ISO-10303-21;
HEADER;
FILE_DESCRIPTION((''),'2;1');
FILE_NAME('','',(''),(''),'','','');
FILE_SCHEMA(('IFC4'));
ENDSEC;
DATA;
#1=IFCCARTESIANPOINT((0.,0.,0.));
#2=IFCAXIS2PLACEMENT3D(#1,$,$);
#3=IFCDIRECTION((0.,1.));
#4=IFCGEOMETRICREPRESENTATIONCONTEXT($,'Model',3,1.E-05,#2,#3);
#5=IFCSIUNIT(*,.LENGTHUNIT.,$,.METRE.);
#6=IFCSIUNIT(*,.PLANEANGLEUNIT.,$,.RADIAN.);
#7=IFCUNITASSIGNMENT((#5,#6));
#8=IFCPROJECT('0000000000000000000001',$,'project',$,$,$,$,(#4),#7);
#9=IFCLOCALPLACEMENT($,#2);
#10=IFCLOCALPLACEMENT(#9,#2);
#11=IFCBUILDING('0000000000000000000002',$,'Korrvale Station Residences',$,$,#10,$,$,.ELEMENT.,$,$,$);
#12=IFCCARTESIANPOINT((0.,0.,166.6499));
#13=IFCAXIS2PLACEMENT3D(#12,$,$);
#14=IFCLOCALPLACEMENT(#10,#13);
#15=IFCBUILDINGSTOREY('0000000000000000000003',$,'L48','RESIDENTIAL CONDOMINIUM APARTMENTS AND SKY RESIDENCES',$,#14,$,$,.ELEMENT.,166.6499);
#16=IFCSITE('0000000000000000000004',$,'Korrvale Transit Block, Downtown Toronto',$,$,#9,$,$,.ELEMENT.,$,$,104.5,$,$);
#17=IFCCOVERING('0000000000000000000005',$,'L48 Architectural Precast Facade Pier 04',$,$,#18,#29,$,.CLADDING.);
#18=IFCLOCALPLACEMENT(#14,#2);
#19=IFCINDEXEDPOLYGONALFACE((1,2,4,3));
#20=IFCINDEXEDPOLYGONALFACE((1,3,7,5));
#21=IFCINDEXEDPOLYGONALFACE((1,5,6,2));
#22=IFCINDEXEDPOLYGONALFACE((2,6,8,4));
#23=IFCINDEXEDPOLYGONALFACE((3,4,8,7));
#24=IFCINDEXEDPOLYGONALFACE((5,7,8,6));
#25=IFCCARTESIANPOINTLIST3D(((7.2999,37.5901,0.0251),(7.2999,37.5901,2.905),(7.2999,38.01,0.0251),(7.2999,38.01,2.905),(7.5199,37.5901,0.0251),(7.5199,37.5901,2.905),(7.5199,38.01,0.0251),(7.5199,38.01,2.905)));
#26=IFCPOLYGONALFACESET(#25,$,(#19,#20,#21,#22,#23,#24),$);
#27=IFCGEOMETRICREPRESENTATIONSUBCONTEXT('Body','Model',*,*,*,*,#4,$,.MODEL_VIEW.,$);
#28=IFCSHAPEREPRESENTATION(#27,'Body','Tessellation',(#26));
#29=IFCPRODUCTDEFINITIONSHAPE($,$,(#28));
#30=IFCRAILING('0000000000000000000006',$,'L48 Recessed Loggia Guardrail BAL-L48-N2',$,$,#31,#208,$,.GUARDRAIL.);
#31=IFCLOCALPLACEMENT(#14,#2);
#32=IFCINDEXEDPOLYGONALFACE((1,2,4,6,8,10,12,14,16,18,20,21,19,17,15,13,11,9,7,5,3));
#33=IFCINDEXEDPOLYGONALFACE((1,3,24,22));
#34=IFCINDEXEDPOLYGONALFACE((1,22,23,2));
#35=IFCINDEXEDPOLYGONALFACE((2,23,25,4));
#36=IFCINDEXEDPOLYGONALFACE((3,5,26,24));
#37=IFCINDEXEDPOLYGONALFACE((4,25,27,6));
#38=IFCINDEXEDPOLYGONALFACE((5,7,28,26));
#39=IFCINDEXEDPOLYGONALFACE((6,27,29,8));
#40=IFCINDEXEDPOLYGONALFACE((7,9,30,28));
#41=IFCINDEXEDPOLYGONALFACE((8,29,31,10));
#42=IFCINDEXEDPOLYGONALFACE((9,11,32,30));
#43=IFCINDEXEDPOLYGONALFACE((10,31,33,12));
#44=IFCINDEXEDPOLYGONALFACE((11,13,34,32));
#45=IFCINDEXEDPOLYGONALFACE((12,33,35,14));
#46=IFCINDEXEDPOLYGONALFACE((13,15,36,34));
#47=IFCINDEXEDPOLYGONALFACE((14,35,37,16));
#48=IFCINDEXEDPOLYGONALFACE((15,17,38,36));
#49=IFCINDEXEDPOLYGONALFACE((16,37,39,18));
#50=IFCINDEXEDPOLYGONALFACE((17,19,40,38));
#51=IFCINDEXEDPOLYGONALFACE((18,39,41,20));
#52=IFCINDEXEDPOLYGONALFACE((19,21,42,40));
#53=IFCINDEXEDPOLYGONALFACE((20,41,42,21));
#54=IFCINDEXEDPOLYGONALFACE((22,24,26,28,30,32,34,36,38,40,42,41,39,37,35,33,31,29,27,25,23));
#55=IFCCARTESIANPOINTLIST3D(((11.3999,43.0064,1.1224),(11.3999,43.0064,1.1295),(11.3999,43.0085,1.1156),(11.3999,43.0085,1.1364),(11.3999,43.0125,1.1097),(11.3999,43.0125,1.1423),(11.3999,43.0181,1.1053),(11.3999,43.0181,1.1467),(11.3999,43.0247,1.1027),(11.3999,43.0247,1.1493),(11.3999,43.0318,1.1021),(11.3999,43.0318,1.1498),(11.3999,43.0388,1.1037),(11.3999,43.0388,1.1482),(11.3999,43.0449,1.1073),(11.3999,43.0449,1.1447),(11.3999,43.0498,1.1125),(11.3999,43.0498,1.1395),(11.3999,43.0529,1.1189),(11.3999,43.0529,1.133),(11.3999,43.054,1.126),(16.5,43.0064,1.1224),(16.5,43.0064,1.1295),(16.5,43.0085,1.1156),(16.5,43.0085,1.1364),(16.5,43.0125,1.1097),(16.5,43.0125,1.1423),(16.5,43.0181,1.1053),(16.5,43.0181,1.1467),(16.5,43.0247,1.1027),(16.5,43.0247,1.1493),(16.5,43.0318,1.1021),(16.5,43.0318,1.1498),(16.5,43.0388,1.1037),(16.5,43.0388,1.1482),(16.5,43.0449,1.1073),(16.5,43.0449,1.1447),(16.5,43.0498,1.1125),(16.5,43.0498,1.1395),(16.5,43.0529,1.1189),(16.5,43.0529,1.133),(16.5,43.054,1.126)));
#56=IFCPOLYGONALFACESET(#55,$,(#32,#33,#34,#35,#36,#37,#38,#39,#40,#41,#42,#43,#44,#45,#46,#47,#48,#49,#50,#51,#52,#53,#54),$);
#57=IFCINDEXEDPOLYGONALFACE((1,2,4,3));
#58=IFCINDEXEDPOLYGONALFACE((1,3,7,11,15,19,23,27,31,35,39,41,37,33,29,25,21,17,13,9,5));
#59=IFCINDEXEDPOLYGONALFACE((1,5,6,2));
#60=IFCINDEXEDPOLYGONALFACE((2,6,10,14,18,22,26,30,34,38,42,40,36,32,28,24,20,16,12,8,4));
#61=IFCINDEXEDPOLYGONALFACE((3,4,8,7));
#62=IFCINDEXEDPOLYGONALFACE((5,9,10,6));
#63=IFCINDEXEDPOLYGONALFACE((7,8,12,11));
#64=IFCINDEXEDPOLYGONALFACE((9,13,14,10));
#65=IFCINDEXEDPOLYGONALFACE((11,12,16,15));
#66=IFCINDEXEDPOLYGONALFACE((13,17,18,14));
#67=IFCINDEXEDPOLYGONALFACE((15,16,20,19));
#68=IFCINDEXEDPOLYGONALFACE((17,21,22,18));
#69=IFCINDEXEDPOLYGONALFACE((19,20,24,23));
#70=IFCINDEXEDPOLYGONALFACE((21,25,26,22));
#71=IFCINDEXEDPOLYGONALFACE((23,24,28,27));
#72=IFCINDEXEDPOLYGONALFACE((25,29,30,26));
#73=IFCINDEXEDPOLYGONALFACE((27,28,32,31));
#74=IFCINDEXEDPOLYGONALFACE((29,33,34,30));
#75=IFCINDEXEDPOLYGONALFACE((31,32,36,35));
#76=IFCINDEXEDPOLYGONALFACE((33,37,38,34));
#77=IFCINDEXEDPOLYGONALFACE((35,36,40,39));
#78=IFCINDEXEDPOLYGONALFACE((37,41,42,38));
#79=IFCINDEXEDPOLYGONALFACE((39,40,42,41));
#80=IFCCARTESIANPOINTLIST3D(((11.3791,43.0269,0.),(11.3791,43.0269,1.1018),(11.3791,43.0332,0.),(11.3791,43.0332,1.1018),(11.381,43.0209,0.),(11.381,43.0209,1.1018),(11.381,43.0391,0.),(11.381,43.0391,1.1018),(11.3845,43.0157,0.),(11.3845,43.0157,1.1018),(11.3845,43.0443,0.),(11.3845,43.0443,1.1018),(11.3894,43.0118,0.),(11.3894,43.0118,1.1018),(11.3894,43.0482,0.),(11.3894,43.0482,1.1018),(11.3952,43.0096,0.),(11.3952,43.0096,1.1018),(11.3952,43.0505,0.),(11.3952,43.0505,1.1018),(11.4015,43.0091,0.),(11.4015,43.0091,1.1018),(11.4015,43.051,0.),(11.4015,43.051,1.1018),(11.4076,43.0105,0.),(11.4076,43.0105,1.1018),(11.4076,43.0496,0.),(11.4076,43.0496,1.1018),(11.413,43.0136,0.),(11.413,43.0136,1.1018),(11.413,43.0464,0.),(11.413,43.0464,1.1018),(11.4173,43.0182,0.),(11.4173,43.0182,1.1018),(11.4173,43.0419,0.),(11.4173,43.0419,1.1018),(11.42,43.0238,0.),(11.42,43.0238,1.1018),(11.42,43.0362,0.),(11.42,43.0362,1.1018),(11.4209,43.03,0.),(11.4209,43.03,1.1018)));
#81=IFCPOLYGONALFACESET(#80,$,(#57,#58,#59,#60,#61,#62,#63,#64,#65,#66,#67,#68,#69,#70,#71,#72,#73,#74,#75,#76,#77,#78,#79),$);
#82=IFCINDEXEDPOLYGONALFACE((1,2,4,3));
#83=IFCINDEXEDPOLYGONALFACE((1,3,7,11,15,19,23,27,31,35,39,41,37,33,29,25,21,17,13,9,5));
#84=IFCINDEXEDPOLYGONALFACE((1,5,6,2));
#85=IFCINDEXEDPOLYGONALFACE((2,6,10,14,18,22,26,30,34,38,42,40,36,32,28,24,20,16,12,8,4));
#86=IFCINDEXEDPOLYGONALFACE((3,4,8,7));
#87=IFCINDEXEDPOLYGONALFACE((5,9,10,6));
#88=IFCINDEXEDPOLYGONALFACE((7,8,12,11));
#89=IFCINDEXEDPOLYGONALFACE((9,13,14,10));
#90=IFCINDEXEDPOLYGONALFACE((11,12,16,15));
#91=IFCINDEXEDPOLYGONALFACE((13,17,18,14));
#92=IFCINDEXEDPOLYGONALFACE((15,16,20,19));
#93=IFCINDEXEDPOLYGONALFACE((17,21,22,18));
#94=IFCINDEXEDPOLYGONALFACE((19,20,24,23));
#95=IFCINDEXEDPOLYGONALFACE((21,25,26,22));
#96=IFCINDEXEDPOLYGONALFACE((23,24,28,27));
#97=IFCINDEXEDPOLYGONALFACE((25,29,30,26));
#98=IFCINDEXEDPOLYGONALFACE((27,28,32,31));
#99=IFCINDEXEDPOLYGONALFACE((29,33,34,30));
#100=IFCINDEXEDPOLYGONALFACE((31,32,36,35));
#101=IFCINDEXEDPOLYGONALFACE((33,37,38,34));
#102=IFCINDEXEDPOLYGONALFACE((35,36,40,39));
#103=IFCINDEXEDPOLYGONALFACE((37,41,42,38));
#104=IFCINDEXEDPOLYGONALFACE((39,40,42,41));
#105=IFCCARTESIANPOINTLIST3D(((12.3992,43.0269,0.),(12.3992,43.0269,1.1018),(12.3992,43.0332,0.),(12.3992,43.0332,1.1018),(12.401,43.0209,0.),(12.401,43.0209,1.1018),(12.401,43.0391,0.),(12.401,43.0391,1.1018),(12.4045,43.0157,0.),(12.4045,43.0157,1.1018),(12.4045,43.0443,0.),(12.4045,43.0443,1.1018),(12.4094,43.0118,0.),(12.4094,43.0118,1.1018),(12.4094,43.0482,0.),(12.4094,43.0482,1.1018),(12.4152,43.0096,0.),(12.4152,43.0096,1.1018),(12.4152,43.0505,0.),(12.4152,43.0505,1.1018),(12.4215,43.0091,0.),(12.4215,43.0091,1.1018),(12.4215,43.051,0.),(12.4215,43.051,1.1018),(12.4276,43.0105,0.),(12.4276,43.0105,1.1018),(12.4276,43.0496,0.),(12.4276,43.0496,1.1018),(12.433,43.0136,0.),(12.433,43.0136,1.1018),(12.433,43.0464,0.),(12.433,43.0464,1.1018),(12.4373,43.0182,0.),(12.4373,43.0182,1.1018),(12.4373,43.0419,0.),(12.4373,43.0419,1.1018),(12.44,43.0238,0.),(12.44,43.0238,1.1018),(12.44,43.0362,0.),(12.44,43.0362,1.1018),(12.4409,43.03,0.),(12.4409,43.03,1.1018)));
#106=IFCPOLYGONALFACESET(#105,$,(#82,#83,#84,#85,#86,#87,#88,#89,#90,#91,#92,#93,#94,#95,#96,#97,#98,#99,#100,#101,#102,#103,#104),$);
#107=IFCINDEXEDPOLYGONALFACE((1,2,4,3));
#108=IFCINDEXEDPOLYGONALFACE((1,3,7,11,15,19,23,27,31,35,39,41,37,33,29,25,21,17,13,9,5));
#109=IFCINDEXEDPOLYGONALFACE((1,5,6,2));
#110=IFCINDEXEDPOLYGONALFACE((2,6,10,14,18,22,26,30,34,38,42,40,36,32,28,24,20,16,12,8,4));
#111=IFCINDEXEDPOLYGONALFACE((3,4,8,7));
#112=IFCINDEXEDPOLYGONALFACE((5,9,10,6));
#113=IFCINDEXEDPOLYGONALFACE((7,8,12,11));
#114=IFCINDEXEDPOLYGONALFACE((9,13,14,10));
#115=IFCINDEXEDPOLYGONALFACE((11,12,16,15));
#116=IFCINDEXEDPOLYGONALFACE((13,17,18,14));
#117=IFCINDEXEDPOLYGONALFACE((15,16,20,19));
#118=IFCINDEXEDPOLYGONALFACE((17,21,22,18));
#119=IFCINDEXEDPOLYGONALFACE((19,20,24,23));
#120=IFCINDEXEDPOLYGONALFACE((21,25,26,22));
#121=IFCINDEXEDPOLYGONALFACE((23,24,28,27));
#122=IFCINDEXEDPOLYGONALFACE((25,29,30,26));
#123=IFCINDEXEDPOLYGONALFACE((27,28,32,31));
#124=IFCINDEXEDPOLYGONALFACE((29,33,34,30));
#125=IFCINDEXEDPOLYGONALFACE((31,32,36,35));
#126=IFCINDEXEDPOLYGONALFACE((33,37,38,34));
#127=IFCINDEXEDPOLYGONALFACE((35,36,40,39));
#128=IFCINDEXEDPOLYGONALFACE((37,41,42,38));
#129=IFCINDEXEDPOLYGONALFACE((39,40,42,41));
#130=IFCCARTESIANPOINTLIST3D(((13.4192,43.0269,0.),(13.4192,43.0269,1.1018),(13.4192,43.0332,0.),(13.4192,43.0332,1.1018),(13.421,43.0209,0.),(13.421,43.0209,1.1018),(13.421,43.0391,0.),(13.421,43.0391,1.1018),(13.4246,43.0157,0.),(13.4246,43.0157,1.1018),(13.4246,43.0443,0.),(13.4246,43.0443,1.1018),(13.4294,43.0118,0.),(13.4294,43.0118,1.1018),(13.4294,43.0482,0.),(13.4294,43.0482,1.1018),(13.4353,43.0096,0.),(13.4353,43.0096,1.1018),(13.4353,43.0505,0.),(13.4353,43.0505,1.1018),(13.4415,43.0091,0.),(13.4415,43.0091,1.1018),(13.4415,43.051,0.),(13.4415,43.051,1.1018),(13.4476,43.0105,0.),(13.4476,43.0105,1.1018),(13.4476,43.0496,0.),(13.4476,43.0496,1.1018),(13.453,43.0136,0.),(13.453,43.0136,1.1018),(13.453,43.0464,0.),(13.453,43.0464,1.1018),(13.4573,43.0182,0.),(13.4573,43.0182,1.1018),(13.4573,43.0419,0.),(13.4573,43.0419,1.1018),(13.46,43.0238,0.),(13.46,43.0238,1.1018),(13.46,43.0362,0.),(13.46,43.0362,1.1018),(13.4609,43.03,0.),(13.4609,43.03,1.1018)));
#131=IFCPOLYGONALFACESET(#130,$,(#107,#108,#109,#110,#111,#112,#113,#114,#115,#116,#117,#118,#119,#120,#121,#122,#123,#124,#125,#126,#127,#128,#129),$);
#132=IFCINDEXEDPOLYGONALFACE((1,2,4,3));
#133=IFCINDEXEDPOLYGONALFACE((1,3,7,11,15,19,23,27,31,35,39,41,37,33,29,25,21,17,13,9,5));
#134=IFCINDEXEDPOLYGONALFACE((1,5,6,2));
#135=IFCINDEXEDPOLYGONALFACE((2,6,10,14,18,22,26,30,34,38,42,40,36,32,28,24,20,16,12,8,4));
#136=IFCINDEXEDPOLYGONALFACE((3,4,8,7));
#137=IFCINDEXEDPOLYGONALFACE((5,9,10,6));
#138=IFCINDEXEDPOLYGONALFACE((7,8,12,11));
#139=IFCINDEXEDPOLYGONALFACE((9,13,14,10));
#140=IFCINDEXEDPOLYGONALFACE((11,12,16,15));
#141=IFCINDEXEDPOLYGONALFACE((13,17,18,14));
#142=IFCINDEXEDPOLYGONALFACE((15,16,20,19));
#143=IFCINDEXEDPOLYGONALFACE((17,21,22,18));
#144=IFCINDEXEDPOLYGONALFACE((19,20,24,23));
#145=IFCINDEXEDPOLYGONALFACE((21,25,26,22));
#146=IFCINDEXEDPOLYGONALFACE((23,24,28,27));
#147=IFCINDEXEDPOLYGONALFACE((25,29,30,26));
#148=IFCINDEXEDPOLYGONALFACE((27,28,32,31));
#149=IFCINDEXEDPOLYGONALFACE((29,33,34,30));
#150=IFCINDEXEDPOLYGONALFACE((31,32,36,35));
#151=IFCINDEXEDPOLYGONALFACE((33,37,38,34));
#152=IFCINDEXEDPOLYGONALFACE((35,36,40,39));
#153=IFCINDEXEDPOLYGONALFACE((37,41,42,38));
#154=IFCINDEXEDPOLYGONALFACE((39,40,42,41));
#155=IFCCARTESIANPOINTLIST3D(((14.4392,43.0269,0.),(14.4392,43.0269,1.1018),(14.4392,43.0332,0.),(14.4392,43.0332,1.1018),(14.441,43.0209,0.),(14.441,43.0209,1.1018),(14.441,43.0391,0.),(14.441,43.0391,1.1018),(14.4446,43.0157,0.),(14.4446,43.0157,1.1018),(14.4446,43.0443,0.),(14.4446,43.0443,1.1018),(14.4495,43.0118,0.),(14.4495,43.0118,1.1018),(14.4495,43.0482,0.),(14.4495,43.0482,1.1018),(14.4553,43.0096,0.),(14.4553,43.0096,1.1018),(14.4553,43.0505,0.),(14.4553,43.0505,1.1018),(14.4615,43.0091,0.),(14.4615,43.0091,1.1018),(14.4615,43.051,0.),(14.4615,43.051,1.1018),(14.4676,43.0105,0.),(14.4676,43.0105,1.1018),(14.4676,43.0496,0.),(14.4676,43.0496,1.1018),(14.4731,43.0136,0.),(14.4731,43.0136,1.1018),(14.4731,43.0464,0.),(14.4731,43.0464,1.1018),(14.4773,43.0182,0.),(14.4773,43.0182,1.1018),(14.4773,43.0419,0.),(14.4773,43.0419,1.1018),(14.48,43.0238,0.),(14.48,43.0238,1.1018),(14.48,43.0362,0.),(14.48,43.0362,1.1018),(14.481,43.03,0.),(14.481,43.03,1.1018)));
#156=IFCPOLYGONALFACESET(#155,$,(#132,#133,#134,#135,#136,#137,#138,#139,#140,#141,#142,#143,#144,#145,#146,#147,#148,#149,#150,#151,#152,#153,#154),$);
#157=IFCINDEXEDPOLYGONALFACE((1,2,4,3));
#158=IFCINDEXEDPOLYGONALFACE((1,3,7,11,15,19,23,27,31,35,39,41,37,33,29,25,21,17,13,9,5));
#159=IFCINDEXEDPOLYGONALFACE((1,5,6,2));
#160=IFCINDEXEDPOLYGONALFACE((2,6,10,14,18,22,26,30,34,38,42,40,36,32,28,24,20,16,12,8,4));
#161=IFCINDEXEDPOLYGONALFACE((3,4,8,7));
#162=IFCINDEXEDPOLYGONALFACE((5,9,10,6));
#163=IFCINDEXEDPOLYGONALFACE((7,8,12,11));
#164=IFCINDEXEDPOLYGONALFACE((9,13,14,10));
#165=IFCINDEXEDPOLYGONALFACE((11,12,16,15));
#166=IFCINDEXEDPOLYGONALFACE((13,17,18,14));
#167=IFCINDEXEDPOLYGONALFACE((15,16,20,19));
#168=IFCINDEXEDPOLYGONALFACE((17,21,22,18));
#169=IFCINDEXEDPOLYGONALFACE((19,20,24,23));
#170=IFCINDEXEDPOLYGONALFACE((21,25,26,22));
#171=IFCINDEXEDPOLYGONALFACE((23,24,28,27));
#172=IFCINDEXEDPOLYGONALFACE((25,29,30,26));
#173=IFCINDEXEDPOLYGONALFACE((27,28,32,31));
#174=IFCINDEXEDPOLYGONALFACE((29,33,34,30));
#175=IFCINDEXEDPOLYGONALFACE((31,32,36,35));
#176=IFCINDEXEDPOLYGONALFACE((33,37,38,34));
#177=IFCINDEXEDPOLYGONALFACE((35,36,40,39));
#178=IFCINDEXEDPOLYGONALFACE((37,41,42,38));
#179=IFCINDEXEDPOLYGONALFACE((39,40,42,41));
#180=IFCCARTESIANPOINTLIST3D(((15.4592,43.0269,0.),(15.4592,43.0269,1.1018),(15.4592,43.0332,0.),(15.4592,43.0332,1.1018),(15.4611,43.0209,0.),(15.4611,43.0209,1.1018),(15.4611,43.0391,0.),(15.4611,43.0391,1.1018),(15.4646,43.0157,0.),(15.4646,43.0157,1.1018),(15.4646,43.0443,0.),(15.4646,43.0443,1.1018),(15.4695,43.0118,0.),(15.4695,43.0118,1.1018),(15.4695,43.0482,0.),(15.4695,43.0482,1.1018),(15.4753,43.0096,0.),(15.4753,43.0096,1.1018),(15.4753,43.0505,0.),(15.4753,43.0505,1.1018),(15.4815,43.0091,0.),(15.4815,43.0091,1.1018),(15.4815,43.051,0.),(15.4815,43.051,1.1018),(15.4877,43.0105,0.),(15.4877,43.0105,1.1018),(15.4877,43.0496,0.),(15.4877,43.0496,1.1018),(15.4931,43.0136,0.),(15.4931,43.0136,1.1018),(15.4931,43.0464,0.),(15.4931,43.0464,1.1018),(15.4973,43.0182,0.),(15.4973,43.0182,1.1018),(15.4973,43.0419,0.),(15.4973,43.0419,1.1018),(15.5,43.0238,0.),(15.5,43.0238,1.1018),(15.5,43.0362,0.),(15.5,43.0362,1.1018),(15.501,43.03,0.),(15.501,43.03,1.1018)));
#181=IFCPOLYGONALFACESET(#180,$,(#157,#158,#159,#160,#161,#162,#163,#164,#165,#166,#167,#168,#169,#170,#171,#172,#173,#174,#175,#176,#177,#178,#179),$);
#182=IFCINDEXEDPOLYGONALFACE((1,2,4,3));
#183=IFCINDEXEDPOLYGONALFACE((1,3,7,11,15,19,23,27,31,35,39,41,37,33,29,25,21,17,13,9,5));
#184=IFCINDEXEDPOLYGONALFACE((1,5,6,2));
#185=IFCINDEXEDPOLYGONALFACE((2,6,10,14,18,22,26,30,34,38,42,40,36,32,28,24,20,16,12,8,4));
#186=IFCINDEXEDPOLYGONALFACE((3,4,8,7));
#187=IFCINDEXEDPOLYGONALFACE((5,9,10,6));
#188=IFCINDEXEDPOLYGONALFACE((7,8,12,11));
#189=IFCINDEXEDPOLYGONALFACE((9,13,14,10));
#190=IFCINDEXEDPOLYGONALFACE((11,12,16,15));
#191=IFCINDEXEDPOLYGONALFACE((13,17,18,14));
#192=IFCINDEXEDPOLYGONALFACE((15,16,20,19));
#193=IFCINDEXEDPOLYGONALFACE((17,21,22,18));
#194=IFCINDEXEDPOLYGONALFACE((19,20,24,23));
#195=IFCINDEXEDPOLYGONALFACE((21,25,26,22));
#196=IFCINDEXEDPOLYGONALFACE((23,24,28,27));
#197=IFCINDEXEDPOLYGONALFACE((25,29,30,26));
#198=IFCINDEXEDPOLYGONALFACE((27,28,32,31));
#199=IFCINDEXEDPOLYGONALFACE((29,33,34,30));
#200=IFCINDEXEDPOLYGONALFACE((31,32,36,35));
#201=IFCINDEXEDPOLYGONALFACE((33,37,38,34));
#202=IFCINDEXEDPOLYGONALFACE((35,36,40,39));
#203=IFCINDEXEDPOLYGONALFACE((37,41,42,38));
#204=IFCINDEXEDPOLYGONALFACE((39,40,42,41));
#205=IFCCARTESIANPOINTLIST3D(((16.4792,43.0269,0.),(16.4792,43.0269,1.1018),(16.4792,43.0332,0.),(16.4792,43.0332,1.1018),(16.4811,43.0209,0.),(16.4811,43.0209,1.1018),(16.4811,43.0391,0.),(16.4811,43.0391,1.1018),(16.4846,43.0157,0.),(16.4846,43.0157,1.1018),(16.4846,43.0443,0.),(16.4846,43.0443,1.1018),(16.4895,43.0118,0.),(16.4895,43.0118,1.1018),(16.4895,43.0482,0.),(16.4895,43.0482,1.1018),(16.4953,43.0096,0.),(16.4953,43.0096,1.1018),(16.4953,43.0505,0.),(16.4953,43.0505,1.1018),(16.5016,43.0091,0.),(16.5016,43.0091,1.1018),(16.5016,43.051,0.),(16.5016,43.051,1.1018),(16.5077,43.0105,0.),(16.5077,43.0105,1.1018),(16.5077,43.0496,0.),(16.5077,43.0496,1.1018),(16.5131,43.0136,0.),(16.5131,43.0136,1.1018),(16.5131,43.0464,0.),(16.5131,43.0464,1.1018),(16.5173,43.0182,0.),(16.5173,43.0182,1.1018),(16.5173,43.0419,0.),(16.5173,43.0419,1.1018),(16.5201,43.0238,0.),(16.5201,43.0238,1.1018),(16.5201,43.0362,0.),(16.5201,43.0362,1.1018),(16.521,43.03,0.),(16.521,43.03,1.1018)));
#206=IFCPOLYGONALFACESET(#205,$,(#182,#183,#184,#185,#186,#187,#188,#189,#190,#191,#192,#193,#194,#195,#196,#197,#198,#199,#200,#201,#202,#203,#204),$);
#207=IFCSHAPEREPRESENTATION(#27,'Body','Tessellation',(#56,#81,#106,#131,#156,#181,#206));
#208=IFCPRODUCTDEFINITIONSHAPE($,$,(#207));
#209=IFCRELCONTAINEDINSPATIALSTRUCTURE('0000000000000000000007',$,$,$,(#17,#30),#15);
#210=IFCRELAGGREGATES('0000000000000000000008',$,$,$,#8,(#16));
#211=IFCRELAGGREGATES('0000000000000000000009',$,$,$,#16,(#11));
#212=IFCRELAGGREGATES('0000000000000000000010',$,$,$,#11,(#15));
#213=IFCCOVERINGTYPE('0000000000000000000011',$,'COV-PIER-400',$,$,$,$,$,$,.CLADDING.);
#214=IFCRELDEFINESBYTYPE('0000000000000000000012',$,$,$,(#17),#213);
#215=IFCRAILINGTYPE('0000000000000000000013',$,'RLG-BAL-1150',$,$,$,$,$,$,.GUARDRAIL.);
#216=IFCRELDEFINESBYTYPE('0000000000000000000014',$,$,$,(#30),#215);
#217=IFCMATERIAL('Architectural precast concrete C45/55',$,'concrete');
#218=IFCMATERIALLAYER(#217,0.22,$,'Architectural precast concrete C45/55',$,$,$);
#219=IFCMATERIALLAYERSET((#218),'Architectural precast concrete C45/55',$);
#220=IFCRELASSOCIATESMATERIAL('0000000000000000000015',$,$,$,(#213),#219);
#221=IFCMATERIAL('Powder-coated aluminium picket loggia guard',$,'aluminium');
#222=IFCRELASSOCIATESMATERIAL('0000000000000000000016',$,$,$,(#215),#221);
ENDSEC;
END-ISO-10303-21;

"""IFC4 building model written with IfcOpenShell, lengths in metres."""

from ifc_helpers import new_model, si_unit, direction, frame, origin, origin_2d, place, context, subcontext, project, spatial, rectangle, circle, extrude, material, layer, layer_set, type_object, element, save


model = new_model("IFC4")

# Units and contexts
model_context = context("Model", 3, precision=1e-05, world=origin(), true_north=direction((0.0, 1.0)))
body_context = subcontext(model_context, "Body", "Model", "MODEL_VIEW")
ifc_project = project(units=[si_unit("LENGTHUNIT", "METRE"), si_unit("PLANEANGLEUNIT", "RADIAN")], contexts=[model_context])

# Site, building, storey
site_placement = place(None, origin())
site = spatial("IfcSite", under=ifc_project, at=site_placement, Name="Korrvale Transit Block, Downtown Toronto", CompositionType="ELEMENT", RefElevation=104.5)
building_placement = place(site_placement, origin())
building = spatial("IfcBuilding", under=site, at=building_placement, Name="Korrvale Station Residences", CompositionType="ELEMENT")
storey_placement = place(building_placement, frame((0.0, 0.0, 166.6499)))
storey = spatial("IfcBuildingStorey", under=building, at=storey_placement, Name="L48", Description="RESIDENTIAL CONDOMINIUM APARTMENTS AND SKY RESIDENCES", CompositionType="ELEMENT", Elevation=166.6499)

# Covering
ifc_material_1 = material(Name="Architectural precast concrete C45/55", Category="concrete")
ifc_layer_1 = layer(ifc_material_1, 0.22, Name="Architectural precast concrete C45/55")
ifc_layer_set_1 = layer_set([ifc_layer_1], Name="Architectural precast concrete C45/55")
covering_type = type_object("IfcCoveringType", Name="COV-PIER-400", PredefinedType="CLADDING", material=ifc_layer_set_1)
covering_placement = place(storey_placement, frame((7.4099, 37.8, 0.0251), z_axis=(0.0, 0.0, 1.0), x_axis=(0.0, 1.0, 0.0)))
element("IfcCovering", 1, at=covering_placement, inside=storey, type_object=covering_type, Name="L48 Architectural Precast Facade Pier 04", PredefinedType="CLADDING", context=body_context, shape_type="SweptSolid", body=[
    extrude(rectangle(XDim=0.4199, YDim=0.22, at=origin_2d()), origin(), (0.0, 0.0, 1.0), 2.8799),
])

# Railing
ifc_material_2 = material(Name="Powder-coated aluminium picket loggia guard", Category="aluminium")
railing_type = type_object("IfcRailingType", Name="RLG-BAL-1150", PredefinedType="GUARDRAIL", material=ifc_material_2)
railing_placement = place(storey_placement, frame((11.3999, 43.03, 0.0)))
element("IfcRailing", 2, at=railing_placement, inside=storey, type_object=railing_type, Name="L48 Recessed Loggia Guardrail BAL-L48-N2", PredefinedType="GUARDRAIL", context=body_context, shape_type="SweptSolid", body=[
    extrude(circle(Radius=0.0239, at=origin_2d()), frame((0.0, 0.0, 1.126), z_axis=(1.0, 0.0, 0.0), x_axis=(0.0, 1.0, 0.0)), (0.0, 0.0, 1.0), 5.1001),
    extrude(circle(Radius=0.021, at=origin_2d()), origin(), (0.0, 0.0, 1.0), 1.1018),
    extrude(circle(Radius=0.021, at=origin_2d()), frame((1.02, 0.0, 0.0)), (0.0, 0.0, 1.0), 1.1018),
    extrude(circle(Radius=0.021, at=origin_2d()), frame((2.04, 0.0, 0.0)), (0.0, 0.0, 1.0), 1.1018),
    extrude(circle(Radius=0.021, at=origin_2d()), frame((3.0601, 0.0, 0.0)), (0.0, 0.0, 1.0), 1.1018),
    extrude(circle(Radius=0.021, at=origin_2d()), frame((4.0801, 0.0, 0.0)), (0.0, 0.0, 1.0), 1.1018),
    extrude(circle(Radius=0.021, at=origin_2d()), frame((5.1001, 0.0, 0.0)), (0.0, 0.0, 1.0), 1.1018),
])

save(model, "model.ifc")
